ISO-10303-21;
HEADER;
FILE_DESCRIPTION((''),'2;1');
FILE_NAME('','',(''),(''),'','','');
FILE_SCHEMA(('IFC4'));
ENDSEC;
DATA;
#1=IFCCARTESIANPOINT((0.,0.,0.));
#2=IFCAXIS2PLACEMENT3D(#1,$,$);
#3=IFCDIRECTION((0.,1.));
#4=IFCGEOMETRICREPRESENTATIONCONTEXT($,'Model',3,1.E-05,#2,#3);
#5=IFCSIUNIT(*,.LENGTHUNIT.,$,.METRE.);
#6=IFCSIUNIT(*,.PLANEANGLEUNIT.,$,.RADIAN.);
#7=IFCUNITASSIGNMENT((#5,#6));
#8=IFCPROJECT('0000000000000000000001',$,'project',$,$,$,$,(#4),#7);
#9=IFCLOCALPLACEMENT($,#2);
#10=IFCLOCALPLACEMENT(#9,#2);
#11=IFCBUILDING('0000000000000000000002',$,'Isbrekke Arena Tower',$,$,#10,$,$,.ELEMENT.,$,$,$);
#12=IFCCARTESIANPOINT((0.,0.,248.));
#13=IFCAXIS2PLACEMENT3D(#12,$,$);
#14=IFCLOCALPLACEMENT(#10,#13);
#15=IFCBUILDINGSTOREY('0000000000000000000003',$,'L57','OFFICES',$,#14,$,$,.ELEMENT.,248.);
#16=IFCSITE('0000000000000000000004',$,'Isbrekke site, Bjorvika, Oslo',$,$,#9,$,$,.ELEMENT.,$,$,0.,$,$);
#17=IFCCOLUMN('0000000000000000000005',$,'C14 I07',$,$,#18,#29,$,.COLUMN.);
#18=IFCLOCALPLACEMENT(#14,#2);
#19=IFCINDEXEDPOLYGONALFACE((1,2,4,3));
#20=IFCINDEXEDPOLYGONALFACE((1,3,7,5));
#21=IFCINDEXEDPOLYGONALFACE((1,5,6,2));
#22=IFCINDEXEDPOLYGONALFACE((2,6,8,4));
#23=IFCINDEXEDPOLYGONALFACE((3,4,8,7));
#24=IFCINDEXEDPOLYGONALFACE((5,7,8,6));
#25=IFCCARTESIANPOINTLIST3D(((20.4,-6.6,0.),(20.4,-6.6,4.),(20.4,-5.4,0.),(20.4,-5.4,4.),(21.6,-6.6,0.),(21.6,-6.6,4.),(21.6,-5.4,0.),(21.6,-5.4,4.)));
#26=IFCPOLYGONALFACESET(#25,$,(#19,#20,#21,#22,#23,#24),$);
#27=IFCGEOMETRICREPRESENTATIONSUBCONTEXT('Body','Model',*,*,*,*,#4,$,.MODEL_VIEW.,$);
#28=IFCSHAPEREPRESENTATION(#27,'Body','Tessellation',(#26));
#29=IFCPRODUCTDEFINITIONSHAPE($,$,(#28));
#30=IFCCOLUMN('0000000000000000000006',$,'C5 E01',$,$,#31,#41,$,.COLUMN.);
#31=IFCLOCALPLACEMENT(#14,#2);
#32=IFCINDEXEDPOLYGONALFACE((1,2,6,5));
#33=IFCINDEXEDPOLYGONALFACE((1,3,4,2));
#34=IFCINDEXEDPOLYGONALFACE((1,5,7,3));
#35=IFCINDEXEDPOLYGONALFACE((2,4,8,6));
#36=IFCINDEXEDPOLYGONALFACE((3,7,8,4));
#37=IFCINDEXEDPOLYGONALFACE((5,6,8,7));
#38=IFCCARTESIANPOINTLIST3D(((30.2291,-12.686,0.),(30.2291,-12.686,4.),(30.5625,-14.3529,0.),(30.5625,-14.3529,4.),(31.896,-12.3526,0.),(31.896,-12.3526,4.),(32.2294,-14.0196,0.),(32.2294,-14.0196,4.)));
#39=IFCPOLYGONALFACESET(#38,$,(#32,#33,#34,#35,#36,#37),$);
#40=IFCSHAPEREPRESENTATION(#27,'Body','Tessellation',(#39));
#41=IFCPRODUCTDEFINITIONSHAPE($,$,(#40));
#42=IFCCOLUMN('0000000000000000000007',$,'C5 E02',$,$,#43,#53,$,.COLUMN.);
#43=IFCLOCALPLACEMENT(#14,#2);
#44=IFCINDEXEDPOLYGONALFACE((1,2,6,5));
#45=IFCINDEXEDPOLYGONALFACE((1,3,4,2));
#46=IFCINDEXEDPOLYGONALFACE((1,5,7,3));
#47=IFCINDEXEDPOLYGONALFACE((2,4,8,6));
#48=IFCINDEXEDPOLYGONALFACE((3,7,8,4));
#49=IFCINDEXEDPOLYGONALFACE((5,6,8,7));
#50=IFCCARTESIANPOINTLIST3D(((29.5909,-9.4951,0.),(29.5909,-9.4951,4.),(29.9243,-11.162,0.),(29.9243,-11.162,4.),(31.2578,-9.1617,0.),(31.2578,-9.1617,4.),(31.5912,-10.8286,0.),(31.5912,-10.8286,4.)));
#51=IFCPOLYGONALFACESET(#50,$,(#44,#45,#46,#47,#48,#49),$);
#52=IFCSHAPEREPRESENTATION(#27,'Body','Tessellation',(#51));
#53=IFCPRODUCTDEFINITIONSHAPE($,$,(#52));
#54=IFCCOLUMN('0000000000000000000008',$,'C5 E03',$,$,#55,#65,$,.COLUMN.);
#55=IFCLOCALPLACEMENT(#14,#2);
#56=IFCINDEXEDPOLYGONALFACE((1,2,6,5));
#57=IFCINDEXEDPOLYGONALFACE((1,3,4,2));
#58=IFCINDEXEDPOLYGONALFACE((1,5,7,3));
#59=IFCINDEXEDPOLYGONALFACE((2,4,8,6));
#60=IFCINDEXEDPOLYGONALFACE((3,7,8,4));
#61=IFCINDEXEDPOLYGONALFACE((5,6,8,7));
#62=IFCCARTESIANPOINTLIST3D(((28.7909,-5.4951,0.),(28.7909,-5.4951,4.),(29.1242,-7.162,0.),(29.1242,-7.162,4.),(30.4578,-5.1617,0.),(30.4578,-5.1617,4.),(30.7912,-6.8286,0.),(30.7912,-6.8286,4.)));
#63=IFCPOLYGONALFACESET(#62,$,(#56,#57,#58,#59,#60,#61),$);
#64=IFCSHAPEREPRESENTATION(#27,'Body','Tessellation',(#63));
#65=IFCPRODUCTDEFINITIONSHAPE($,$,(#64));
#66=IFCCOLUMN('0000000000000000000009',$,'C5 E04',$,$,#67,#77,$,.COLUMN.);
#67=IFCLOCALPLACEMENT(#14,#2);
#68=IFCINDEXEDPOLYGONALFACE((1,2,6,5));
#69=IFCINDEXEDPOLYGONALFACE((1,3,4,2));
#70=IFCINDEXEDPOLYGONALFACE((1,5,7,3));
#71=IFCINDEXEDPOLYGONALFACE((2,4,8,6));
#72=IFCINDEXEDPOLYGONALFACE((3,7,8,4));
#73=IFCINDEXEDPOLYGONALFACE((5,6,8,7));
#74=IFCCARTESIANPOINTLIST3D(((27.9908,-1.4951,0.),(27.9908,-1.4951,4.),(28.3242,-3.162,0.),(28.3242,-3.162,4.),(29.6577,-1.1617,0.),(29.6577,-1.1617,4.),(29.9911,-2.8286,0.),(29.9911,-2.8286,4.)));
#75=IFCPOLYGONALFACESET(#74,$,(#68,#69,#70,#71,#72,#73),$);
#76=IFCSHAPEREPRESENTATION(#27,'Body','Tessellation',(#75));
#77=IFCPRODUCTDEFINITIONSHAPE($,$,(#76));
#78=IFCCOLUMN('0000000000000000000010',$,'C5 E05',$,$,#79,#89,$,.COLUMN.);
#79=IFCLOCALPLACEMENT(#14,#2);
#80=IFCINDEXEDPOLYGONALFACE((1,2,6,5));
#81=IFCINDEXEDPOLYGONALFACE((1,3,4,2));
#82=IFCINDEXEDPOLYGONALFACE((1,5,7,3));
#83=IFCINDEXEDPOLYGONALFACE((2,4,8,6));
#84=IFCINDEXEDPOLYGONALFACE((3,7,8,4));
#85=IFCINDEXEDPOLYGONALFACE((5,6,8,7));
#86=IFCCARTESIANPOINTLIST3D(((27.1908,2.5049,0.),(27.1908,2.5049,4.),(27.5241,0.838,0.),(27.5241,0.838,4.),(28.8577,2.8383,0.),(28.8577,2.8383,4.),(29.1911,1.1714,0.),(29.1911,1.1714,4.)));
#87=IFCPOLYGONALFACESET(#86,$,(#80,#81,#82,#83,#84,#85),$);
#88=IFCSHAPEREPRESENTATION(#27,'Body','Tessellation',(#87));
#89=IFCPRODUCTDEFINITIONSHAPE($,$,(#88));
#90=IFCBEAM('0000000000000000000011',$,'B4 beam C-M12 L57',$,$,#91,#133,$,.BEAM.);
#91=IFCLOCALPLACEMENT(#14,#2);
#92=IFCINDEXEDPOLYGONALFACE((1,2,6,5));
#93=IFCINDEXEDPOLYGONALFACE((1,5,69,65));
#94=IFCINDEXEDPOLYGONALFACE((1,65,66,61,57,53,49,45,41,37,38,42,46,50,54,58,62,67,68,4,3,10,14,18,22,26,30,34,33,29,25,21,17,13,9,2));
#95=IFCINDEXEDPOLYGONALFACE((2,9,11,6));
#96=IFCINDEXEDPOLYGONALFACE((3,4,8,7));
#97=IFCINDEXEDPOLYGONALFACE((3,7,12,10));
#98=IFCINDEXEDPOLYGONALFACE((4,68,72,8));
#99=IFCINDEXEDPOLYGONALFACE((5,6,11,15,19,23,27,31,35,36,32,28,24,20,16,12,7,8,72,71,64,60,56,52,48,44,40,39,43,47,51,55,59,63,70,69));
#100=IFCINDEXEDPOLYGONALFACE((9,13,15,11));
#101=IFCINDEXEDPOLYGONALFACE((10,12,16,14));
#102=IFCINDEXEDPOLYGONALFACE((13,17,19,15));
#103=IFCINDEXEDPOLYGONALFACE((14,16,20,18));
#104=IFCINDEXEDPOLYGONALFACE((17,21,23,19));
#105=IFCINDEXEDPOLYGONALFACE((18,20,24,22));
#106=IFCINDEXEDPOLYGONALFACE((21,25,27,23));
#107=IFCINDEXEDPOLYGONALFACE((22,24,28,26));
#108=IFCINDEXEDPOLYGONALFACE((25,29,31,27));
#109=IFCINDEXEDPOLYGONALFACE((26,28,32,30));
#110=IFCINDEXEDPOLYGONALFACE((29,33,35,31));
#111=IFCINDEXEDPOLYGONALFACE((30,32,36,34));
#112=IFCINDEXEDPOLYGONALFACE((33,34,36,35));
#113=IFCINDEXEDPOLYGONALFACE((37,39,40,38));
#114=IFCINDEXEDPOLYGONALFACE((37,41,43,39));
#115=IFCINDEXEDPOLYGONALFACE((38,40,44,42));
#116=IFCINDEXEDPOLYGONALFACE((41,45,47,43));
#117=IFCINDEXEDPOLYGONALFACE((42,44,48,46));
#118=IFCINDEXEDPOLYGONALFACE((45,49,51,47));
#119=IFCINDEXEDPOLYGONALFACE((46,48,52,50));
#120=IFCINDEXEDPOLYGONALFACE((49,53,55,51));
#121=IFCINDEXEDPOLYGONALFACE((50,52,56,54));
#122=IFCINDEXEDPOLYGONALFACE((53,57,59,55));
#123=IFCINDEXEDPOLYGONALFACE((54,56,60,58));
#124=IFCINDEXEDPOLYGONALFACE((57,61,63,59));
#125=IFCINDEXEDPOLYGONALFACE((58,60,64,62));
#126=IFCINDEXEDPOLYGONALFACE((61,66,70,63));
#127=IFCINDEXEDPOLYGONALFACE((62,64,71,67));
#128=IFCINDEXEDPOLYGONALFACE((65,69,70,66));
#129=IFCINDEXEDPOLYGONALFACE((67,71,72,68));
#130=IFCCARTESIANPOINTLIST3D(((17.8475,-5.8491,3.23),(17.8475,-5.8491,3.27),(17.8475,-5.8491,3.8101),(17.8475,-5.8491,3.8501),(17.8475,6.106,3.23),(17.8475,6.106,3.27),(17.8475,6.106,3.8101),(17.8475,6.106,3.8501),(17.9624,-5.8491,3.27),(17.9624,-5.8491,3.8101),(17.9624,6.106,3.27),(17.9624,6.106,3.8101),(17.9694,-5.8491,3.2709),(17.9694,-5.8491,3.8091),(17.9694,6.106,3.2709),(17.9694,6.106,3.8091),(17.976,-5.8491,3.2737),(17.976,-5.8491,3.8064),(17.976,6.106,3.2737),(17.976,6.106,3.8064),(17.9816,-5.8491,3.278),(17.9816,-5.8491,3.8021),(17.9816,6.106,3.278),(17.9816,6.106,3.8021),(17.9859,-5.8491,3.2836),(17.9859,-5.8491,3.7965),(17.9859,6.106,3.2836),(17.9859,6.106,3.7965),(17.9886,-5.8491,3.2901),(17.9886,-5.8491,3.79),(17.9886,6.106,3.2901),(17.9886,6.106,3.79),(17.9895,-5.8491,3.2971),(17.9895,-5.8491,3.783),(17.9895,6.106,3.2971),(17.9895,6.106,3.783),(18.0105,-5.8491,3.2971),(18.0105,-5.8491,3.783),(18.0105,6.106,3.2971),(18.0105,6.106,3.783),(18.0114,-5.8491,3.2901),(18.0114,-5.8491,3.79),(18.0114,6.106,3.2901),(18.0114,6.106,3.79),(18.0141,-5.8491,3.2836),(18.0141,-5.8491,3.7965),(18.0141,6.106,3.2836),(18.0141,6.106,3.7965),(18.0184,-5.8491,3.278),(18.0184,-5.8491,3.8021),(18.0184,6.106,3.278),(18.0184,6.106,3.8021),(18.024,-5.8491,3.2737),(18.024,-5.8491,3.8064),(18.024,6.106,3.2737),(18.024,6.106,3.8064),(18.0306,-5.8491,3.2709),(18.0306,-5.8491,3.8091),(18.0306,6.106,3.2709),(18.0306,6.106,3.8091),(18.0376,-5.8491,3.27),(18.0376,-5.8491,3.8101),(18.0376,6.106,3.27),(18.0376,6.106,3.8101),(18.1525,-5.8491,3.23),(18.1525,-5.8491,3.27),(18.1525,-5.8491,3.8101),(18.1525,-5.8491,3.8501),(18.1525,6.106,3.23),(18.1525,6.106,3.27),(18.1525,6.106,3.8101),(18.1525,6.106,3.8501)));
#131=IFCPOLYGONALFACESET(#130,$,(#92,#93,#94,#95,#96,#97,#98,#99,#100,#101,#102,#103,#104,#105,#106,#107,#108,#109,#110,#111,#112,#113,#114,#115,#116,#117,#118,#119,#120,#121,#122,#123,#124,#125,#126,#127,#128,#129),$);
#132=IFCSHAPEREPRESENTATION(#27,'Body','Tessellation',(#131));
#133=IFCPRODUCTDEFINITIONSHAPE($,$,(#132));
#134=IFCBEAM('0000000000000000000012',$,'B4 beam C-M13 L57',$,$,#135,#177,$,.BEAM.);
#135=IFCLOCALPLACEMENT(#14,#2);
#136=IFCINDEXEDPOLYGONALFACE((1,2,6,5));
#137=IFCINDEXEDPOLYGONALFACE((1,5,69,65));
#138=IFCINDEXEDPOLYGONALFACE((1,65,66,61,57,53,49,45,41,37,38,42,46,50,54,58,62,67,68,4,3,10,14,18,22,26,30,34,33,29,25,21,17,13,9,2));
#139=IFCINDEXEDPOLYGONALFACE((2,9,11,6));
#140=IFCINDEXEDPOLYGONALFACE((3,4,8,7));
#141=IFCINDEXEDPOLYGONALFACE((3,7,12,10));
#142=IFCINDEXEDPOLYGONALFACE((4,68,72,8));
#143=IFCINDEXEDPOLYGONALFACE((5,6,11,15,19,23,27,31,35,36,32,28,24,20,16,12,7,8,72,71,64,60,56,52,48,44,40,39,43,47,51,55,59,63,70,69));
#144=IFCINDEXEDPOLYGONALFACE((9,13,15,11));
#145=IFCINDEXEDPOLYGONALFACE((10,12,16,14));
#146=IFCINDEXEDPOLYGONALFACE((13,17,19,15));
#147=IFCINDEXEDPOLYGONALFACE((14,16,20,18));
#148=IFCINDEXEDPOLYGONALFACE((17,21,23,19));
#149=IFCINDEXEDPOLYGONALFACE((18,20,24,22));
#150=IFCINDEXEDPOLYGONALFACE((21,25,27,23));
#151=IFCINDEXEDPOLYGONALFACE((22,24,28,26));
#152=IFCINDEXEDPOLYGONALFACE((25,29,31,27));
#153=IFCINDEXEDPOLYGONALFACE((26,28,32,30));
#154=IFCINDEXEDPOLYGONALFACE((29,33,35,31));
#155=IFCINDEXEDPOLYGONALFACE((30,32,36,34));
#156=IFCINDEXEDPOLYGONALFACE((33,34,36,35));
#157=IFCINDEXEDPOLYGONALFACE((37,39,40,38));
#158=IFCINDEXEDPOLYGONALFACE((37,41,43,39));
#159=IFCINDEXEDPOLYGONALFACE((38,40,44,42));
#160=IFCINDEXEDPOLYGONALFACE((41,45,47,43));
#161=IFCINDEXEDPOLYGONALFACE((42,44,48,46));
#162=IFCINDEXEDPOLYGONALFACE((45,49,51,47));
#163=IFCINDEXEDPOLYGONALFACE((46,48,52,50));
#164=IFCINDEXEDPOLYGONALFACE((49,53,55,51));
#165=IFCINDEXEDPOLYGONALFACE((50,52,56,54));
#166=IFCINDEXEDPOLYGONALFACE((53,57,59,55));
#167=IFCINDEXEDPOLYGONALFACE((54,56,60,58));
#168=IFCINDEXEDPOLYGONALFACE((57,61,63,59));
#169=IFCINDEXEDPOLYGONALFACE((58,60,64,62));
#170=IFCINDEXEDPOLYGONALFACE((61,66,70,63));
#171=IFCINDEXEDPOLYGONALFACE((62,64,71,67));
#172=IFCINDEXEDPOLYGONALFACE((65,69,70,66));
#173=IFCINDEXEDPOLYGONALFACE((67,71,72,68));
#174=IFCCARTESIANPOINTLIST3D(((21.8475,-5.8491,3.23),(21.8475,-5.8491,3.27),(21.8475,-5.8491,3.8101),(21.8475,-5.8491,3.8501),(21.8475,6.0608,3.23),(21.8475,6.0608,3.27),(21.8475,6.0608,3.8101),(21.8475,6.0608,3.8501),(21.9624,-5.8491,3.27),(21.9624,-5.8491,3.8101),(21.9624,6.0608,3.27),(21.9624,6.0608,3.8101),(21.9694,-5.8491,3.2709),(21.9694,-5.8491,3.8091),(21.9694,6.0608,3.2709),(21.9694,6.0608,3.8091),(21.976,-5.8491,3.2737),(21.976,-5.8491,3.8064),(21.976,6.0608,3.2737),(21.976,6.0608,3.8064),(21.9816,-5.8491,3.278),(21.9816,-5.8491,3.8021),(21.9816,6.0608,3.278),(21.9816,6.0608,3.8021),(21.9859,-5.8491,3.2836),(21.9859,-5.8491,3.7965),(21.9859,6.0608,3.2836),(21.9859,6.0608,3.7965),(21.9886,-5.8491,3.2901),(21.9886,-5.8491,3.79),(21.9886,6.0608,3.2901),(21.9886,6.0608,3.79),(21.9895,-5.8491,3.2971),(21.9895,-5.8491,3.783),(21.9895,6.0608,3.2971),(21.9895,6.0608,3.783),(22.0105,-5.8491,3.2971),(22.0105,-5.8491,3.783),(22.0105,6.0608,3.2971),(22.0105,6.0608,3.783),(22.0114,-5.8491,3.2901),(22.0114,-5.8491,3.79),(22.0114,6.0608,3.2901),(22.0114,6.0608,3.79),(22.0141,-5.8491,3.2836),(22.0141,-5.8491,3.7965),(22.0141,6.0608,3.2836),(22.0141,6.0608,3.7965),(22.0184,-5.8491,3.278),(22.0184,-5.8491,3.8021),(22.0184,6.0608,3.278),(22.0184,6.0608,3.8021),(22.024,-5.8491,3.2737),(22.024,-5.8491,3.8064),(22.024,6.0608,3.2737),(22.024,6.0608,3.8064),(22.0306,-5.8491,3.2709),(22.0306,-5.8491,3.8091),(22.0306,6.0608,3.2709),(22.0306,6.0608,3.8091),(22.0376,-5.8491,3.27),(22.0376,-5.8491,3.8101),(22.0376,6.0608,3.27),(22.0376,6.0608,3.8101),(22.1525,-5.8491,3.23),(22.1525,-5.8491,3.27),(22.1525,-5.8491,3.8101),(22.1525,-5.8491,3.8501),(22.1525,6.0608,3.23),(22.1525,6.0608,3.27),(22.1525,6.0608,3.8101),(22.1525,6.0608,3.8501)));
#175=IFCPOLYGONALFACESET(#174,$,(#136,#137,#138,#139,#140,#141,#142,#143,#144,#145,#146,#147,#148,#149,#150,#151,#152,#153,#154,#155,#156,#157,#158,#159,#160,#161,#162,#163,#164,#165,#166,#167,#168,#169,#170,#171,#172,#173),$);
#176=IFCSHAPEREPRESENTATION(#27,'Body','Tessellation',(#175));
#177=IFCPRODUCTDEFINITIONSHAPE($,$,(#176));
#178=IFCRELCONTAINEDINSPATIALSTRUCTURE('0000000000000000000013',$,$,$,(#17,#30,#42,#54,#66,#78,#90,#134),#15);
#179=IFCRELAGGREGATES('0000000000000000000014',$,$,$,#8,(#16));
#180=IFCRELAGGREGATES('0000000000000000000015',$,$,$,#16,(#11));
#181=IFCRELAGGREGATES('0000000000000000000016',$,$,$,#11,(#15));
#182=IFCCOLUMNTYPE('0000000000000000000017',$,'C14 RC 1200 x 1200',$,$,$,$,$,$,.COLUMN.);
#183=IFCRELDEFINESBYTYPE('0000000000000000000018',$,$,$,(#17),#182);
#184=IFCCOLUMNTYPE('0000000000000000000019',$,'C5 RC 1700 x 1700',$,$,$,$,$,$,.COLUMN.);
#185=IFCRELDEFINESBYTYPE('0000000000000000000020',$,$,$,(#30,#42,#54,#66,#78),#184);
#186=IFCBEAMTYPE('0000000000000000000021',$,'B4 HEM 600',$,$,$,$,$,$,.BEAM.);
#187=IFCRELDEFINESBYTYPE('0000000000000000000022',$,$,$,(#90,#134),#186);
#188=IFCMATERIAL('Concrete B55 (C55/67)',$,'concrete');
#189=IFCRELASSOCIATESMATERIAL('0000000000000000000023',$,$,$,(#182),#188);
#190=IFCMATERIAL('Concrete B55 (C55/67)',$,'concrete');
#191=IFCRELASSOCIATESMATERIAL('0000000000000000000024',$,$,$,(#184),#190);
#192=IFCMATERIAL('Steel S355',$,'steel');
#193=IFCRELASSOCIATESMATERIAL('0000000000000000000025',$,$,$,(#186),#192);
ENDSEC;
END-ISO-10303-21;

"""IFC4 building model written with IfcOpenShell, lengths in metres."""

from ifc_helpers import new_model, si_unit, direction, frame, origin, origin_2d, place, context, subcontext, project, spatial, rectangle, i_section, extrude, material, material_profile, profile_set, type_object, element, save


model = new_model("IFC4")

# Units and contexts
model_context = context("Model", 3, precision=1e-05, world=origin(), true_north=direction((0.0, 1.0)))
body_context = subcontext(model_context, "Body", "Model", "MODEL_VIEW")
ifc_project = project(units=[si_unit("LENGTHUNIT", "METRE"), si_unit("PLANEANGLEUNIT", "RADIAN")], contexts=[model_context])

# Site, building, storey
site_placement = place(None, origin())
site = spatial("IfcSite", under=ifc_project, at=site_placement, Name="Isbrekke site, Bjorvika, Oslo", CompositionType="ELEMENT", RefElevation=0.0)
building_placement = place(site_placement, origin())
building = spatial("IfcBuilding", under=site, at=building_placement, Name="Isbrekke Arena Tower", CompositionType="ELEMENT")
storey_placement = place(building_placement, frame((0.0, 0.0, 248.0)))
storey = spatial("IfcBuildingStorey", under=building, at=storey_placement, Name="L57", Description="OFFICES", CompositionType="ELEMENT", Elevation=248.0)

# Columns
ifc_material_1 = material(Name="Concrete B55 (C55/67)", Category="concrete")
ifc_material_profile_1 = material_profile(ifc_material_1, rectangle(XDim=1.2, YDim=1.2, at=origin_2d()), Name="RC 1200x1200")
ifc_profile_set_1 = profile_set([ifc_material_profile_1], Name="Concrete B55 (C55/67)")
column_type_1 = type_object("IfcColumnType", Name="C14 RC 1200 x 1200", PredefinedType="COLUMN", material=ifc_profile_set_1)
column_placement = place(storey_placement, frame((21.0, -6.0, 0.0), z_axis=(0.0, 0.0, 1.0), x_axis=(1.0, 0.0, 0.0)))
element("IfcColumn", 1, at=column_placement, inside=storey, type_object=column_type_1, Name="C14 I07", PredefinedType="COLUMN", context=body_context, shape_type="SweptSolid", body=[
    extrude(rectangle(XDim=1.2, YDim=1.2, at=origin_2d()), origin(), (0.0, 0.0, 1.0), 4.0),
])
ifc_material_2 = material(Name="Concrete B55 (C55/67)", Category="concrete")
ifc_material_profile_2 = material_profile(ifc_material_2, rectangle(XDim=1.7, YDim=1.7, at=origin_2d()), Name="RC 1700x1700")
ifc_profile_set_2 = profile_set([ifc_material_profile_2], Name="Concrete B55 (C55/67)")
column_type_2 = type_object("IfcColumnType", Name="C5 RC 1700 x 1700", PredefinedType="COLUMN", material=ifc_profile_set_2)
for number, where, z_axis, x_axis, name in (
    (2, (31.2292, -13.3528, 0.0), (0.0, 0.0, 1.0), (-0.196116, 0.980581, 0.0), "C5 E01"),
    (3, (30.5911, -10.1619, 0.0), (0.0, 0.0, 1.0), (-0.196116, 0.980581, 0.0), "C5 E02"),
    (4, (29.791, -6.1619, 0.0), (0.0, 0.0, 1.0), (-0.196116, 0.980581, 0.0), "C5 E03"),
    (5, (28.991, -2.1619, 0.0), (0.0, 0.0, 1.0), (-0.196116, 0.980581, 0.0), "C5 E04"),
    (6, (28.1909, 1.8381, 0.0), (0.0, 0.0, 1.0), (-0.196116, 0.980581, 0.0), "C5 E05"),
):
    element("IfcColumn", number, at=place(storey_placement, frame(where, z_axis=z_axis, x_axis=x_axis)), inside=storey, type_object=column_type_2, Name=name, PredefinedType="COLUMN", context=body_context, shape_type="SweptSolid", body=[
        extrude(rectangle(XDim=1.7, YDim=1.7, at=origin_2d()), origin(), (0.0, 0.0, 1.0), 4.0),
    ])

# Beams
ifc_material_3 = material(Name="Steel S355", Category="steel")
ifc_material_profile_3 = material_profile(ifc_material_3, i_section(OverallWidth=0.3049, OverallDepth=0.6201, WebThickness=0.021, FlangeThickness=0.04, FilletRadius=0.0271, at=origin_2d()), Name="HEM 600")
ifc_profile_set_3 = profile_set([ifc_material_profile_3], Name="Steel S355")
beam_type_1 = type_object("IfcBeamType", Name="B4 HEM 600", PredefinedType="BEAM", material=ifc_profile_set_3)
beam_1_placement = place(storey_placement, frame((18.0, -5.8491, 3.54), z_axis=(0.0, 1.0, 0.0), x_axis=(-1.0, 0.0, 0.0)))
element("IfcBeam", 7, at=beam_1_placement, inside=storey, type_object=beam_type_1, Name="B4 beam C-M12 L57", PredefinedType="BEAM", context=body_context, shape_type="SweptSolid", body=[
    extrude(i_section(OverallWidth=0.3049, OverallDepth=0.6201, WebThickness=0.021, FlangeThickness=0.04, FilletRadius=0.0271, at=origin_2d()), origin(), (0.0, 0.0, 1.0), 11.9551),
])
beam_2_placement = place(storey_placement, frame((22.0, -5.8491, 3.54), z_axis=(0.0, 1.0, 0.0), x_axis=(-1.0, 0.0, 0.0)))
element("IfcBeam", 8, at=beam_2_placement, inside=storey, type_object=beam_type_1, Name="B4 beam C-M13 L57", PredefinedType="BEAM", context=body_context, shape_type="SweptSolid", body=[
    extrude(i_section(OverallWidth=0.3049, OverallDepth=0.6201, WebThickness=0.021, FlangeThickness=0.04, FilletRadius=0.0271, at=origin_2d()), origin(), (0.0, 0.0, 1.0), 11.9099),
])

save(model, "model.ifc")
